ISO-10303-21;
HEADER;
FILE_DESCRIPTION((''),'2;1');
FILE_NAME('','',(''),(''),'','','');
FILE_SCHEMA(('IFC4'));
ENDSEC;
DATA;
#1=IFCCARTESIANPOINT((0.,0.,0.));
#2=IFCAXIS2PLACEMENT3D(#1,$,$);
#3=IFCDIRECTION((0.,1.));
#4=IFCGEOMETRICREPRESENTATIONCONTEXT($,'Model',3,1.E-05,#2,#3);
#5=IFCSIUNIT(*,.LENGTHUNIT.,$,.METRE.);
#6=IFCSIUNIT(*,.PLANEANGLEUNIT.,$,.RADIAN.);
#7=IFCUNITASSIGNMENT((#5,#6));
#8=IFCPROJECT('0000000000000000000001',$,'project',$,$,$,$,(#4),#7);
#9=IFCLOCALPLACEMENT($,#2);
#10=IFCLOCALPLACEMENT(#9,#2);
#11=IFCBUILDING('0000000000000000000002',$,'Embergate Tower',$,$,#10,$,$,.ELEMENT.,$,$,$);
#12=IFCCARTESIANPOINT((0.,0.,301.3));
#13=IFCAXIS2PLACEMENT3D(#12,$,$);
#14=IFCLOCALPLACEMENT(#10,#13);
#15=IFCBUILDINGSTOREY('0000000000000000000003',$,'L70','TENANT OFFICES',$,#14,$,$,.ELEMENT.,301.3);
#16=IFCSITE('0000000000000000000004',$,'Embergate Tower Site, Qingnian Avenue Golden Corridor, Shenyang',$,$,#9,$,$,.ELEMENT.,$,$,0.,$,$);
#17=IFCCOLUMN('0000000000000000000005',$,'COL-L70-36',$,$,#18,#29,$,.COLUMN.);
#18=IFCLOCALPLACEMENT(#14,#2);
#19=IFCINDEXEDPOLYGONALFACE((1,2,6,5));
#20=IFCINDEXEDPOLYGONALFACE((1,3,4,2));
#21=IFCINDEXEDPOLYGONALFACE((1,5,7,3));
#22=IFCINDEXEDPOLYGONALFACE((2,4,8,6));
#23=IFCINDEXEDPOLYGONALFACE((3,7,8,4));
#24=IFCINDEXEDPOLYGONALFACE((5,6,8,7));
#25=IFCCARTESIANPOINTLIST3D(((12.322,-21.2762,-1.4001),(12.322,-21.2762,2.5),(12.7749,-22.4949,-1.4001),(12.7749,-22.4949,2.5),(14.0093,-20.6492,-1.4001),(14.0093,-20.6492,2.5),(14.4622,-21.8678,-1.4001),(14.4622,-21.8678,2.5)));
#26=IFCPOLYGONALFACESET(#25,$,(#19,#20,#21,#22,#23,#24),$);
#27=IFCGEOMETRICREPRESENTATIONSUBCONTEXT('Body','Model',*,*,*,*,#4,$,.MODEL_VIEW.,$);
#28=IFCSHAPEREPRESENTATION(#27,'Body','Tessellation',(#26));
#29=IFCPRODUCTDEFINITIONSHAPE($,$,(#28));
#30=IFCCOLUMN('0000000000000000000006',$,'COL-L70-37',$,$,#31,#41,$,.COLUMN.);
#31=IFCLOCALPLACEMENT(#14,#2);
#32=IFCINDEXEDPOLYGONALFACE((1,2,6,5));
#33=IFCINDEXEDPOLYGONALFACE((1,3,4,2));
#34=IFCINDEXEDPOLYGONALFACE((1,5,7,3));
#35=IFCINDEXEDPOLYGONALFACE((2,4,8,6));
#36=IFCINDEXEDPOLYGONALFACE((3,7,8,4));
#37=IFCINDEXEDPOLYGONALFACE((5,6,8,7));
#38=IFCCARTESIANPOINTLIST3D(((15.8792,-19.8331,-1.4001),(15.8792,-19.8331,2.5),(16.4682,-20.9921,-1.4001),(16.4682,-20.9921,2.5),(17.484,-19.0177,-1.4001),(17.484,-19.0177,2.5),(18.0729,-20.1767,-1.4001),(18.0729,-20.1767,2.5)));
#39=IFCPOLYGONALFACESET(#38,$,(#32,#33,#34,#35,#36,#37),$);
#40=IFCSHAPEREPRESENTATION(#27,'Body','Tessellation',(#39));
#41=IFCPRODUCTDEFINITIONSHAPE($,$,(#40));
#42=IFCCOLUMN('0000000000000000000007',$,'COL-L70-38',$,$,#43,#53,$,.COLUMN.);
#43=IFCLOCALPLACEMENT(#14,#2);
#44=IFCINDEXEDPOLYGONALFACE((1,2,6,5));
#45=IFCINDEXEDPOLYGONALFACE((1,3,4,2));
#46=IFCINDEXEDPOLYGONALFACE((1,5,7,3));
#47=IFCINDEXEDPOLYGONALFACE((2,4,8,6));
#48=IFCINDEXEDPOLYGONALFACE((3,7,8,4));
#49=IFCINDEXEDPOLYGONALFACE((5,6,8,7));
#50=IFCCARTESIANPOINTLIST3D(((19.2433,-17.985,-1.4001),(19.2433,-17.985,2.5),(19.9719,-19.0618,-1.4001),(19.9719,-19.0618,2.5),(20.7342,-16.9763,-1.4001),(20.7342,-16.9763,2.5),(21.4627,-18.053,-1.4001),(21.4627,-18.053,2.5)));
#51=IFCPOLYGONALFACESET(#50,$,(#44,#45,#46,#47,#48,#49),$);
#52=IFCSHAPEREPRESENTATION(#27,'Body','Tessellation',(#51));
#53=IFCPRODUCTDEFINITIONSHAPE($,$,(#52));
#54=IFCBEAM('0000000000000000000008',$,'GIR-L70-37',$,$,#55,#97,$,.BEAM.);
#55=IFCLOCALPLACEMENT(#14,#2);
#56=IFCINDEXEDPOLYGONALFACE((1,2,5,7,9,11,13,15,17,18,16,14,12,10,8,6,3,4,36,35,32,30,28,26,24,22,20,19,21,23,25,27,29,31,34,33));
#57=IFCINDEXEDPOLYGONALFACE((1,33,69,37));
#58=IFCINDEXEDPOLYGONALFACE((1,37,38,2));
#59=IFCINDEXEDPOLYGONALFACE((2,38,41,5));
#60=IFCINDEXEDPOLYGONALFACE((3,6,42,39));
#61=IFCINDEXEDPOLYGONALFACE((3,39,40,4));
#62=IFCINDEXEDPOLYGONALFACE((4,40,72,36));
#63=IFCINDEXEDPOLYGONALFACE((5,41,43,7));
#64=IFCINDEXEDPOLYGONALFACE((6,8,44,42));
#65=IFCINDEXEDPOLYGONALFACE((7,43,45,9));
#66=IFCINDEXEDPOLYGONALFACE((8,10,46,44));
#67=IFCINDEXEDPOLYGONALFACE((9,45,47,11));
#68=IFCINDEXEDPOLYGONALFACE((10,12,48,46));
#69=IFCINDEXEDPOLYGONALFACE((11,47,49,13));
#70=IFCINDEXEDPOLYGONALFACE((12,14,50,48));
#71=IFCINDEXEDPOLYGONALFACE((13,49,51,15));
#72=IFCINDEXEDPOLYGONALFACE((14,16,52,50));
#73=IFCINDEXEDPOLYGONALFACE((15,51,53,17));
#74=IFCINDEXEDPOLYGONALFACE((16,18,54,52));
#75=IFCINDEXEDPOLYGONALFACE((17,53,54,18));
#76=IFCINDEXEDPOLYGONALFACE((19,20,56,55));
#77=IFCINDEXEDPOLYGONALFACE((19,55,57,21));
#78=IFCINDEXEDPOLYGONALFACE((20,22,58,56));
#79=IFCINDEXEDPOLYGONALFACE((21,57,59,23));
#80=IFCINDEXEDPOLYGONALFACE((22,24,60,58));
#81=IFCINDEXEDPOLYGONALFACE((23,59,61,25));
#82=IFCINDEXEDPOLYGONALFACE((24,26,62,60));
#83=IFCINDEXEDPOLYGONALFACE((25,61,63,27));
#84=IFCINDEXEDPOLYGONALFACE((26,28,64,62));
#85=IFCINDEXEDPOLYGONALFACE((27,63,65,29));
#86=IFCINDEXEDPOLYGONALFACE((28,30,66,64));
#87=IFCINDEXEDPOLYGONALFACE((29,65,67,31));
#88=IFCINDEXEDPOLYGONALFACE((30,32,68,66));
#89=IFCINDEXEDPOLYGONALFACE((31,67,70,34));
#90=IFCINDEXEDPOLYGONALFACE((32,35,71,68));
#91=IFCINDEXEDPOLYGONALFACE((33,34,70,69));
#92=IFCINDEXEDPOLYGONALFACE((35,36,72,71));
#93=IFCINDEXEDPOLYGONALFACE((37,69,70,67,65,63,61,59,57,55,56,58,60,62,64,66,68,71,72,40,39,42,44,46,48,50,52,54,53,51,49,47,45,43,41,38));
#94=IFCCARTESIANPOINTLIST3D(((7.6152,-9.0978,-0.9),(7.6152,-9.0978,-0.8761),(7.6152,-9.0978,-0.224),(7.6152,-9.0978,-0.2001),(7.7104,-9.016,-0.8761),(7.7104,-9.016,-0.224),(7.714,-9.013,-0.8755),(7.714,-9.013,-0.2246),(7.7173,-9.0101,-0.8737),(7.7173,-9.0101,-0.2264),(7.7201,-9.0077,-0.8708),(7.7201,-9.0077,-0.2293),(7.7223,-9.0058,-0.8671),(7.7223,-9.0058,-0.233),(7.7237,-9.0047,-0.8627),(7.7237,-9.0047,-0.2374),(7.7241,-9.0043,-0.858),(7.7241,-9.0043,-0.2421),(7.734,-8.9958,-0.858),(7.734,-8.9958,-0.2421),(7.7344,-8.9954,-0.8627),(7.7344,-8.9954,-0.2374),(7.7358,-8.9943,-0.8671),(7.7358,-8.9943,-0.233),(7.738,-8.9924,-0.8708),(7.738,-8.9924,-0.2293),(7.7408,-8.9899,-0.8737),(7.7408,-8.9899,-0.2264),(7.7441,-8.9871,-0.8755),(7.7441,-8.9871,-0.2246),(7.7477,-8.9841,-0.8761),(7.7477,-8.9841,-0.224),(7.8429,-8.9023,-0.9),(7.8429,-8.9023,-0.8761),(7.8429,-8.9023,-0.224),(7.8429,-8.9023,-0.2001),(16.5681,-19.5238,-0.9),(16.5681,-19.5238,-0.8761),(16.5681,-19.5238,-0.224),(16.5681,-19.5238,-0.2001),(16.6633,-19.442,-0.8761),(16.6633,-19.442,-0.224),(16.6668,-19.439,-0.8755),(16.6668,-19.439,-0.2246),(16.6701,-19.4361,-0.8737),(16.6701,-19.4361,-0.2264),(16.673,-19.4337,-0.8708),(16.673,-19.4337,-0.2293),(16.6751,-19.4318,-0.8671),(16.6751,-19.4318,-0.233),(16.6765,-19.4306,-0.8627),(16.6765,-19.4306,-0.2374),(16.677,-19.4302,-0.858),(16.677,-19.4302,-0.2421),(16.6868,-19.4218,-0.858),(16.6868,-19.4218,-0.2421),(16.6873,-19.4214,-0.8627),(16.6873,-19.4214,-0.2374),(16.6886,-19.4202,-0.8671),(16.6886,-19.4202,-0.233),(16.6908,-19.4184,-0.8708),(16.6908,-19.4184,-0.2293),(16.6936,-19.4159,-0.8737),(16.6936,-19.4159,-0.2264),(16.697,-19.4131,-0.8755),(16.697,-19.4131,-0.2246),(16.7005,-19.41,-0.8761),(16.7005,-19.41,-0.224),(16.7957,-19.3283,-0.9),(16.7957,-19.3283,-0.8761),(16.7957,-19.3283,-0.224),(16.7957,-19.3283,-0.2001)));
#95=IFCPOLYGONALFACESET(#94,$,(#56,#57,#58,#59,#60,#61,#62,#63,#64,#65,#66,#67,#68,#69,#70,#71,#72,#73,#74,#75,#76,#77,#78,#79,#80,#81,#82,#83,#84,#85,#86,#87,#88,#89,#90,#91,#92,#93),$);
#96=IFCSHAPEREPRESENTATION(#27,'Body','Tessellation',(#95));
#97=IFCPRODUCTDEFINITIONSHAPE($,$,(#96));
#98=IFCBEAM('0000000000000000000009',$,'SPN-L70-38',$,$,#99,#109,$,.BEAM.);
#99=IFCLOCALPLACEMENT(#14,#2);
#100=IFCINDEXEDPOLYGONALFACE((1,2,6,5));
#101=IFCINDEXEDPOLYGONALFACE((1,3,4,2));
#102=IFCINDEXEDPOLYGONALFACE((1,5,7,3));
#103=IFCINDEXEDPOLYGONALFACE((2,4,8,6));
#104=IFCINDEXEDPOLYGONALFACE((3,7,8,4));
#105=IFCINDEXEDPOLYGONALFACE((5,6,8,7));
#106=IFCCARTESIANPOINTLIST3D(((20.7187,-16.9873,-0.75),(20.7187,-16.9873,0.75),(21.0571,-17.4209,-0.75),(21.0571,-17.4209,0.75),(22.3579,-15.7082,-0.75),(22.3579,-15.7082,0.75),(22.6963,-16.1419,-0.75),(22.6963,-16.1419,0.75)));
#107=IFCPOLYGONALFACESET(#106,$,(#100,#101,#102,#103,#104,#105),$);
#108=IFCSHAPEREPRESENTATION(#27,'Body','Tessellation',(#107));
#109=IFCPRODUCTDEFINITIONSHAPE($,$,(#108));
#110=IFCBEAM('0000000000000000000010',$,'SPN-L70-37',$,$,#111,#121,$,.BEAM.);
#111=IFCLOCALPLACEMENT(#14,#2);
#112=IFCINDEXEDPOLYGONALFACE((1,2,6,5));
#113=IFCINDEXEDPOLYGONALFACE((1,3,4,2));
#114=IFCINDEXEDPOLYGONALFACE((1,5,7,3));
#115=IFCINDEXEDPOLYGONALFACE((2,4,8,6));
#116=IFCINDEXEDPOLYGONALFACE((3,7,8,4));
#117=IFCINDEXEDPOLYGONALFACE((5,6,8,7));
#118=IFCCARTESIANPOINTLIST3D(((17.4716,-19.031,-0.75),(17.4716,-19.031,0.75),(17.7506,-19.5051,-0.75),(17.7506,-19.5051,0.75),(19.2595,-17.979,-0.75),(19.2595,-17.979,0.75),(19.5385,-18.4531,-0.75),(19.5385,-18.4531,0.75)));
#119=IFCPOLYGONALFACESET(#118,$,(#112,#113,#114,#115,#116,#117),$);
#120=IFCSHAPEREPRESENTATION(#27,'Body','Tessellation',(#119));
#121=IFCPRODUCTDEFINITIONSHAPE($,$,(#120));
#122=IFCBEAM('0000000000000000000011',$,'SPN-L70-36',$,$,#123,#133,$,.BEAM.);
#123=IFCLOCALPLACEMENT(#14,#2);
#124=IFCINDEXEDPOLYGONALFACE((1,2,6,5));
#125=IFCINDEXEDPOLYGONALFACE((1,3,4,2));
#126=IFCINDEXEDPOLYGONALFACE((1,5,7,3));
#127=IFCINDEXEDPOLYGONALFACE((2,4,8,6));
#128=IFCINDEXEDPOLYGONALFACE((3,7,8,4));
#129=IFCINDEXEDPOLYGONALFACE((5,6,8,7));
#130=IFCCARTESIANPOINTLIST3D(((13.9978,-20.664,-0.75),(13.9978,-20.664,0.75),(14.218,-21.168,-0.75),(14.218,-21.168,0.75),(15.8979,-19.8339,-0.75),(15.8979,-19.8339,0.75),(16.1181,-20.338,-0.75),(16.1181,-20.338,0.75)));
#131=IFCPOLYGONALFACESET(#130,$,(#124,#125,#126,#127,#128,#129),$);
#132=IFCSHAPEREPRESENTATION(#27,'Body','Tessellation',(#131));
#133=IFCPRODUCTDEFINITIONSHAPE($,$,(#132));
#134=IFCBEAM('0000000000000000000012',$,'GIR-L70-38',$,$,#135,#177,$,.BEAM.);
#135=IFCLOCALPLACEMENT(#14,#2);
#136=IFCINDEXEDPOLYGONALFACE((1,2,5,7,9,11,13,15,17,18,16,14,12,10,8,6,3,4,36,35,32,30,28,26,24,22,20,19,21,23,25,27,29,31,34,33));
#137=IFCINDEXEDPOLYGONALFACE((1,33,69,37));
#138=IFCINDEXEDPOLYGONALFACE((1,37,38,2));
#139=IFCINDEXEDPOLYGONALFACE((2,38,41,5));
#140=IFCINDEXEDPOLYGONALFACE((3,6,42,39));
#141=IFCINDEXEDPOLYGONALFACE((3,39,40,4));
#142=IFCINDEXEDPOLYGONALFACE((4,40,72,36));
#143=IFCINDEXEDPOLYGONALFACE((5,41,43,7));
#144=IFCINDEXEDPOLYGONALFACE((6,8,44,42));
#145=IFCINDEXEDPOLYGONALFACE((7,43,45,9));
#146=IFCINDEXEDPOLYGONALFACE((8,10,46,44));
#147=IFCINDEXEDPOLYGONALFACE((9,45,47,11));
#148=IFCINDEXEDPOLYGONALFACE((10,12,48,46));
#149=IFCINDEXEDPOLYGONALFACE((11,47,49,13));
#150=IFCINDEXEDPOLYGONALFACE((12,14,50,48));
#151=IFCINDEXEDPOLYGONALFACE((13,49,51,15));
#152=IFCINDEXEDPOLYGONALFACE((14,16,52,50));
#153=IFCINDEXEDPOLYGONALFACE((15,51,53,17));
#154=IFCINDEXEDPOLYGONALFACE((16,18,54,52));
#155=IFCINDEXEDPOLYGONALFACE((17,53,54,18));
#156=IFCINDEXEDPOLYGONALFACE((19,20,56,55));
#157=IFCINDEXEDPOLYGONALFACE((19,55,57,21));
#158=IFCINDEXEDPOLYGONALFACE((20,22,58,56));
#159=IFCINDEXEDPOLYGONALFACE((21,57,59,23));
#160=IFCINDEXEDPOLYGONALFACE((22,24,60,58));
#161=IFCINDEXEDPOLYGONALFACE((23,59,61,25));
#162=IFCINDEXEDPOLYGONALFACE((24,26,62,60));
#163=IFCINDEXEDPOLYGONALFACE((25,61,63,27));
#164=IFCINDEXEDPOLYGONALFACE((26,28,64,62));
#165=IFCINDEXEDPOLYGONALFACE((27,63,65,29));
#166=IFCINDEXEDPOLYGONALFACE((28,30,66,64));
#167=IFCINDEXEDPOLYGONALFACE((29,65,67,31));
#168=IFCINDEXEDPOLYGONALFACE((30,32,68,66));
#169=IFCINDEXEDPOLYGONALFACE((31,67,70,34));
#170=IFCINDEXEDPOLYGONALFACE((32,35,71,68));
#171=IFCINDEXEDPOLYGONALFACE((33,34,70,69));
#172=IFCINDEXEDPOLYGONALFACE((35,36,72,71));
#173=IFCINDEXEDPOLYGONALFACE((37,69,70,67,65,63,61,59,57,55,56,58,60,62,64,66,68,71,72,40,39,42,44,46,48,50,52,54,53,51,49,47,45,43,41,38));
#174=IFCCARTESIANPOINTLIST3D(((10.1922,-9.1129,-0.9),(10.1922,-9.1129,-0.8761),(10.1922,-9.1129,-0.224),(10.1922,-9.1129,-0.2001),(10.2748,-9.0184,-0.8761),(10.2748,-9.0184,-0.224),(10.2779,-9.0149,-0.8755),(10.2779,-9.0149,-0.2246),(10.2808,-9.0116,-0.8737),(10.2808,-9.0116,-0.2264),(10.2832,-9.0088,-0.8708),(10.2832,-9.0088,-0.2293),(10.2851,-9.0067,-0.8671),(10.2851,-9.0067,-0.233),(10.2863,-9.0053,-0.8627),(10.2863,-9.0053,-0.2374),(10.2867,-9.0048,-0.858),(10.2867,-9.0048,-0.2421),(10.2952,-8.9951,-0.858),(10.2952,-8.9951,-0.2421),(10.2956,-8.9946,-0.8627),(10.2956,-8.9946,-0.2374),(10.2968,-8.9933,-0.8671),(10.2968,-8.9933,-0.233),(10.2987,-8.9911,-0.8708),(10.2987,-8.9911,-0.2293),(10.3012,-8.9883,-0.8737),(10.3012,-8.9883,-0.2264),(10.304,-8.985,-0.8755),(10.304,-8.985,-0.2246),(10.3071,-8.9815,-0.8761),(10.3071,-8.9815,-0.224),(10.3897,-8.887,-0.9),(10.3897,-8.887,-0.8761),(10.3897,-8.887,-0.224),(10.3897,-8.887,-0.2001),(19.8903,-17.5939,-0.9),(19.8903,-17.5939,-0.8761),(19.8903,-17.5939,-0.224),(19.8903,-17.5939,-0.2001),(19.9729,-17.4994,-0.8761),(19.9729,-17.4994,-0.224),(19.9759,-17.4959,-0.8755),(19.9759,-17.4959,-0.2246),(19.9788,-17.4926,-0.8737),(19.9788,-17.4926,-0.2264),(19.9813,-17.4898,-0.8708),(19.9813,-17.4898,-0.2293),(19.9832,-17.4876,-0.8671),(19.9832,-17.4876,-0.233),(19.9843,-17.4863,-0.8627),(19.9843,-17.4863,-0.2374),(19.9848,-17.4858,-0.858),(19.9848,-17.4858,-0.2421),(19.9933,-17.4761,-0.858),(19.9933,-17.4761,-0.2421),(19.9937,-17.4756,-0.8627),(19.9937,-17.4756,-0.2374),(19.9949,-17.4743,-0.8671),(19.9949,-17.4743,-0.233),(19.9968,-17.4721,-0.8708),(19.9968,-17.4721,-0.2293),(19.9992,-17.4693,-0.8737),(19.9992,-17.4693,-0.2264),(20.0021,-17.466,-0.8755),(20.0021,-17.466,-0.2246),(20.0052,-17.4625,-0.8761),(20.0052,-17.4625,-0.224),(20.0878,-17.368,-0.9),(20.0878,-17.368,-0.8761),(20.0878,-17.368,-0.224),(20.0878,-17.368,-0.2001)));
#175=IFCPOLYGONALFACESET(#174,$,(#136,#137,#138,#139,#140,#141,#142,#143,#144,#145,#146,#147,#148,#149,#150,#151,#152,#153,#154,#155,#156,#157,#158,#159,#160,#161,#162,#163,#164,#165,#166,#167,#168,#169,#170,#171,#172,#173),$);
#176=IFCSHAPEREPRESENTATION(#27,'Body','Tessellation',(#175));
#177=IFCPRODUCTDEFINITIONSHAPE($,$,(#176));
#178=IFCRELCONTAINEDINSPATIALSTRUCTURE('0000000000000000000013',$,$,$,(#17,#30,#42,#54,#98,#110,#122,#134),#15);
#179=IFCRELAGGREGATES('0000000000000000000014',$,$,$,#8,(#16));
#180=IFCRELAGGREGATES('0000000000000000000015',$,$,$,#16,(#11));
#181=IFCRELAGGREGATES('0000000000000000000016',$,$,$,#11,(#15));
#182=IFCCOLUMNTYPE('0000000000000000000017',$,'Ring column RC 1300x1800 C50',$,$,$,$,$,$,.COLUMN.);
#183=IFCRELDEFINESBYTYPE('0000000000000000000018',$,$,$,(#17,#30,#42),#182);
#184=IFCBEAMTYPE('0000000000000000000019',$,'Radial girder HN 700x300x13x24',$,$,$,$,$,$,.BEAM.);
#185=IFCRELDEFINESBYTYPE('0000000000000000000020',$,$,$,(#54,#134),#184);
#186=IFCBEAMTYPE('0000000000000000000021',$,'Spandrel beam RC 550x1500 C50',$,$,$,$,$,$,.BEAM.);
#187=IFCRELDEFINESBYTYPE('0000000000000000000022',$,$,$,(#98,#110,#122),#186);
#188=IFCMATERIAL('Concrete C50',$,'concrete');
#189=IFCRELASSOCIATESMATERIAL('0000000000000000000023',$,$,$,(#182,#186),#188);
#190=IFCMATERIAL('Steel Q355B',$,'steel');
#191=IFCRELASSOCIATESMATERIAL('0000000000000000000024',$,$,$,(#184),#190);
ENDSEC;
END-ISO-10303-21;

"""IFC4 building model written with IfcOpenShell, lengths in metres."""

from ifc_helpers import new_model, si_unit, direction, frame, origin, origin_2d, place, context, subcontext, project, spatial, rectangle, i_section, extrude, source, transform, mapped, material, material_profile, profile_set, type_object, element, save


model = new_model("IFC4")

# Units and contexts
model_context = context("Model", 3, precision=1e-05, world=origin(), true_north=direction((0.0, 1.0)))
body_context = subcontext(model_context, "Body", "Model", "MODEL_VIEW")
ifc_project = project(units=[si_unit("LENGTHUNIT", "METRE"), si_unit("PLANEANGLEUNIT", "RADIAN")], contexts=[model_context])

# Site, building, storey
site_placement = place(None, origin())
site = spatial("IfcSite", under=ifc_project, at=site_placement, Name="Embergate Tower Site, Qingnian Avenue Golden Corridor, Shenyang", CompositionType="ELEMENT", RefElevation=0.0)
building_placement = place(site_placement, origin())
building = spatial("IfcBuilding", under=site, at=building_placement, Name="Embergate Tower", CompositionType="ELEMENT")
storey_placement = place(building_placement, frame((0.0, 0.0, 301.3)))
storey = spatial("IfcBuildingStorey", under=building, at=storey_placement, Name="L70", Description="TENANT OFFICES", CompositionType="ELEMENT", Elevation=301.3)

# Columns
ifc_material_1 = material(Name="Concrete C50", Category="concrete")
ifc_material_profile_1 = material_profile(ifc_material_1, rectangle(XDim=1.3, YDim=1.8, at=origin_2d()), Name="RC 1300x1800")
ifc_profile_set_1 = profile_set([ifc_material_profile_1], Name="Concrete C50")
column_type = type_object("IfcColumnType", Name="Ring column RC 1300x1800 C50", PredefinedType="COLUMN", material=ifc_profile_set_1)
shared_shape_1 = source(origin(), body_context, "Body", "SweptSolid", [
    extrude(rectangle(XDim=1.3, YDim=1.8, at=origin_2d()), origin(), (0.0, 0.0, 1.0), 3.9001),
])
for number, where, z_axis, x_axis, name in (
    (1, (13.3921, -21.572, -1.4001), (0.0, 0.0, 1.0), (0.348343, -0.937367, 0.0), "COL-L70-36"),
    (2, (16.9761, -20.0049, -1.4001), (0.0, 0.0, 1.0), (0.453011, -0.891505, 0.0), "COL-L70-37"),
    (3, (20.353, -18.019, -1.4001), (0.0, 0.0, 1.0), (0.560393, -0.828227, 0.0), "COL-L70-38"),
):
    element("IfcColumn", number, at=place(storey_placement, frame(where, z_axis=z_axis, x_axis=x_axis)), inside=storey, type_object=column_type, Name=name, PredefinedType="COLUMN", context=body_context, shape_type="MappedRepresentation", body=[
        mapped(shared_shape_1, transform((0.0, 0.0, 0.0))),
    ])

# Beams
ifc_material_2 = material(Name="Steel Q355B", Category="steel")
ifc_material_profile_2 = material_profile(ifc_material_2, i_section(OverallWidth=0.3, OverallDepth=0.7, WebThickness=0.0129, FlangeThickness=0.0239, FilletRadius=0.0181, at=origin_2d()), Name="HN 700x300x13x24")
ifc_profile_set_2 = profile_set([ifc_material_profile_2], Name="Steel Q355 grade B")
beam_type_1 = type_object("IfcBeamType", Name="Radial girder HN 700x300x13x24", PredefinedType="BEAM", material=ifc_profile_set_2)
shared_shape_2 = source(origin(), body_context, "Body", "SweptSolid", [
    extrude(i_section(OverallWidth=0.3, OverallDepth=0.7, WebThickness=0.0129, FlangeThickness=0.0239, FilletRadius=0.0181, at=origin_2d()), origin(), (0.0, 0.0, 1.0), 13.7424),
])
beam_1_placement = place(storey_placement, frame((16.6819, -19.426, -0.55), z_axis=(-0.651474, 0.758671, 0.0), x_axis=(-0.758671, -0.651474, 0.0)))
element("IfcBeam", 4, at=beam_1_placement, inside=storey, type_object=beam_type_1, Name="GIR-L70-37", PredefinedType="BEAM", context=body_context, shape_type="MappedRepresentation", body=[
    mapped(shared_shape_2, transform((0.0, 0.0, 0.0))),
])
ifc_material_profile_3 = material_profile(ifc_material_1, rectangle(XDim=0.55, YDim=1.5, at=origin_2d()), Name="RC 550x1500")
ifc_profile_set_3 = profile_set([ifc_material_profile_3], Name="Concrete C50")
beam_type_2 = type_object("IfcBeamType", Name="Spandrel beam RC 550x1500 C50", PredefinedType="BEAM", material=ifc_profile_set_3)
shared_shape_3 = source(origin(), body_context, "Body", "SweptSolid", [
    extrude(rectangle(XDim=0.55, YDim=1.5, at=origin_2d()), origin(), (0.0, 0.0, 1.0), 2.0791),
])
beam_2_placement = place(storey_placement, frame((20.8879, -17.2041, 0.0), z_axis=(0.788384, 0.615184, 0.0), x_axis=(-0.615184, 0.788384, 0.0)))
element("IfcBeam", 5, at=beam_2_placement, inside=storey, type_object=beam_type_2, Name="SPN-L70-38", PredefinedType="BEAM", context=body_context, shape_type="MappedRepresentation", body=[
    mapped(shared_shape_3, transform((0.0, 0.0, 0.0))),
])
shared_shape_4 = source(origin(), body_context, "Body", "SweptSolid", [
    extrude(rectangle(XDim=0.55, YDim=1.5, at=origin_2d()), origin(), (0.0, 0.0, 1.0), 2.0745),
])
beam_3_placement = place(storey_placement, frame((17.6111, -19.2681, 0.0), z_axis=(0.861865, 0.507138, 0.0), x_axis=(-0.507138, 0.861865, 0.0)))
element("IfcBeam", 6, at=beam_3_placement, inside=storey, type_object=beam_type_2, Name="SPN-L70-37", PredefinedType="BEAM", context=body_context, shape_type="MappedRepresentation", body=[
    mapped(shared_shape_4, transform((0.0, 0.0, 0.0))),
])
shared_shape_5 = source(origin(), body_context, "Body", "SweptSolid", [
    extrude(rectangle(XDim=0.55, YDim=1.5, at=origin_2d()), origin(), (0.0, 0.0, 1.0), 2.0735),
])
beam_4_placement = place(storey_placement, frame((14.1079, -20.916, 0.0), z_axis=(0.916376, 0.400318, 0.0), x_axis=(-0.400318, 0.916376, 0.0)))
element("IfcBeam", 7, at=beam_4_placement, inside=storey, type_object=beam_type_2, Name="SPN-L70-36", PredefinedType="BEAM", context=body_context, shape_type="MappedRepresentation", body=[
    mapped(shared_shape_5, transform((0.0, 0.0, 0.0))),
])
shared_shape_6 = source(origin(), body_context, "Body", "SweptSolid", [
    extrude(i_section(OverallWidth=0.3, OverallDepth=0.7, WebThickness=0.0129, FlangeThickness=0.0239, FilletRadius=0.0181, at=origin_2d()), origin(), (0.0, 0.0, 1.0), 12.8833),
])
beam_5_placement = place(storey_placement, frame((19.989, -17.481, -0.55), z_axis=(-0.752761, 0.658294, 0.0), x_axis=(-0.658294, -0.752761, 0.0)))
element("IfcBeam", 8, at=beam_5_placement, inside=storey, type_object=beam_type_1, Name="GIR-L70-38", PredefinedType="BEAM", context=body_context, shape_type="MappedRepresentation", body=[
    mapped(shared_shape_6, transform((0.0, 0.0, 0.0))),
])

save(model, "model.ifc")
